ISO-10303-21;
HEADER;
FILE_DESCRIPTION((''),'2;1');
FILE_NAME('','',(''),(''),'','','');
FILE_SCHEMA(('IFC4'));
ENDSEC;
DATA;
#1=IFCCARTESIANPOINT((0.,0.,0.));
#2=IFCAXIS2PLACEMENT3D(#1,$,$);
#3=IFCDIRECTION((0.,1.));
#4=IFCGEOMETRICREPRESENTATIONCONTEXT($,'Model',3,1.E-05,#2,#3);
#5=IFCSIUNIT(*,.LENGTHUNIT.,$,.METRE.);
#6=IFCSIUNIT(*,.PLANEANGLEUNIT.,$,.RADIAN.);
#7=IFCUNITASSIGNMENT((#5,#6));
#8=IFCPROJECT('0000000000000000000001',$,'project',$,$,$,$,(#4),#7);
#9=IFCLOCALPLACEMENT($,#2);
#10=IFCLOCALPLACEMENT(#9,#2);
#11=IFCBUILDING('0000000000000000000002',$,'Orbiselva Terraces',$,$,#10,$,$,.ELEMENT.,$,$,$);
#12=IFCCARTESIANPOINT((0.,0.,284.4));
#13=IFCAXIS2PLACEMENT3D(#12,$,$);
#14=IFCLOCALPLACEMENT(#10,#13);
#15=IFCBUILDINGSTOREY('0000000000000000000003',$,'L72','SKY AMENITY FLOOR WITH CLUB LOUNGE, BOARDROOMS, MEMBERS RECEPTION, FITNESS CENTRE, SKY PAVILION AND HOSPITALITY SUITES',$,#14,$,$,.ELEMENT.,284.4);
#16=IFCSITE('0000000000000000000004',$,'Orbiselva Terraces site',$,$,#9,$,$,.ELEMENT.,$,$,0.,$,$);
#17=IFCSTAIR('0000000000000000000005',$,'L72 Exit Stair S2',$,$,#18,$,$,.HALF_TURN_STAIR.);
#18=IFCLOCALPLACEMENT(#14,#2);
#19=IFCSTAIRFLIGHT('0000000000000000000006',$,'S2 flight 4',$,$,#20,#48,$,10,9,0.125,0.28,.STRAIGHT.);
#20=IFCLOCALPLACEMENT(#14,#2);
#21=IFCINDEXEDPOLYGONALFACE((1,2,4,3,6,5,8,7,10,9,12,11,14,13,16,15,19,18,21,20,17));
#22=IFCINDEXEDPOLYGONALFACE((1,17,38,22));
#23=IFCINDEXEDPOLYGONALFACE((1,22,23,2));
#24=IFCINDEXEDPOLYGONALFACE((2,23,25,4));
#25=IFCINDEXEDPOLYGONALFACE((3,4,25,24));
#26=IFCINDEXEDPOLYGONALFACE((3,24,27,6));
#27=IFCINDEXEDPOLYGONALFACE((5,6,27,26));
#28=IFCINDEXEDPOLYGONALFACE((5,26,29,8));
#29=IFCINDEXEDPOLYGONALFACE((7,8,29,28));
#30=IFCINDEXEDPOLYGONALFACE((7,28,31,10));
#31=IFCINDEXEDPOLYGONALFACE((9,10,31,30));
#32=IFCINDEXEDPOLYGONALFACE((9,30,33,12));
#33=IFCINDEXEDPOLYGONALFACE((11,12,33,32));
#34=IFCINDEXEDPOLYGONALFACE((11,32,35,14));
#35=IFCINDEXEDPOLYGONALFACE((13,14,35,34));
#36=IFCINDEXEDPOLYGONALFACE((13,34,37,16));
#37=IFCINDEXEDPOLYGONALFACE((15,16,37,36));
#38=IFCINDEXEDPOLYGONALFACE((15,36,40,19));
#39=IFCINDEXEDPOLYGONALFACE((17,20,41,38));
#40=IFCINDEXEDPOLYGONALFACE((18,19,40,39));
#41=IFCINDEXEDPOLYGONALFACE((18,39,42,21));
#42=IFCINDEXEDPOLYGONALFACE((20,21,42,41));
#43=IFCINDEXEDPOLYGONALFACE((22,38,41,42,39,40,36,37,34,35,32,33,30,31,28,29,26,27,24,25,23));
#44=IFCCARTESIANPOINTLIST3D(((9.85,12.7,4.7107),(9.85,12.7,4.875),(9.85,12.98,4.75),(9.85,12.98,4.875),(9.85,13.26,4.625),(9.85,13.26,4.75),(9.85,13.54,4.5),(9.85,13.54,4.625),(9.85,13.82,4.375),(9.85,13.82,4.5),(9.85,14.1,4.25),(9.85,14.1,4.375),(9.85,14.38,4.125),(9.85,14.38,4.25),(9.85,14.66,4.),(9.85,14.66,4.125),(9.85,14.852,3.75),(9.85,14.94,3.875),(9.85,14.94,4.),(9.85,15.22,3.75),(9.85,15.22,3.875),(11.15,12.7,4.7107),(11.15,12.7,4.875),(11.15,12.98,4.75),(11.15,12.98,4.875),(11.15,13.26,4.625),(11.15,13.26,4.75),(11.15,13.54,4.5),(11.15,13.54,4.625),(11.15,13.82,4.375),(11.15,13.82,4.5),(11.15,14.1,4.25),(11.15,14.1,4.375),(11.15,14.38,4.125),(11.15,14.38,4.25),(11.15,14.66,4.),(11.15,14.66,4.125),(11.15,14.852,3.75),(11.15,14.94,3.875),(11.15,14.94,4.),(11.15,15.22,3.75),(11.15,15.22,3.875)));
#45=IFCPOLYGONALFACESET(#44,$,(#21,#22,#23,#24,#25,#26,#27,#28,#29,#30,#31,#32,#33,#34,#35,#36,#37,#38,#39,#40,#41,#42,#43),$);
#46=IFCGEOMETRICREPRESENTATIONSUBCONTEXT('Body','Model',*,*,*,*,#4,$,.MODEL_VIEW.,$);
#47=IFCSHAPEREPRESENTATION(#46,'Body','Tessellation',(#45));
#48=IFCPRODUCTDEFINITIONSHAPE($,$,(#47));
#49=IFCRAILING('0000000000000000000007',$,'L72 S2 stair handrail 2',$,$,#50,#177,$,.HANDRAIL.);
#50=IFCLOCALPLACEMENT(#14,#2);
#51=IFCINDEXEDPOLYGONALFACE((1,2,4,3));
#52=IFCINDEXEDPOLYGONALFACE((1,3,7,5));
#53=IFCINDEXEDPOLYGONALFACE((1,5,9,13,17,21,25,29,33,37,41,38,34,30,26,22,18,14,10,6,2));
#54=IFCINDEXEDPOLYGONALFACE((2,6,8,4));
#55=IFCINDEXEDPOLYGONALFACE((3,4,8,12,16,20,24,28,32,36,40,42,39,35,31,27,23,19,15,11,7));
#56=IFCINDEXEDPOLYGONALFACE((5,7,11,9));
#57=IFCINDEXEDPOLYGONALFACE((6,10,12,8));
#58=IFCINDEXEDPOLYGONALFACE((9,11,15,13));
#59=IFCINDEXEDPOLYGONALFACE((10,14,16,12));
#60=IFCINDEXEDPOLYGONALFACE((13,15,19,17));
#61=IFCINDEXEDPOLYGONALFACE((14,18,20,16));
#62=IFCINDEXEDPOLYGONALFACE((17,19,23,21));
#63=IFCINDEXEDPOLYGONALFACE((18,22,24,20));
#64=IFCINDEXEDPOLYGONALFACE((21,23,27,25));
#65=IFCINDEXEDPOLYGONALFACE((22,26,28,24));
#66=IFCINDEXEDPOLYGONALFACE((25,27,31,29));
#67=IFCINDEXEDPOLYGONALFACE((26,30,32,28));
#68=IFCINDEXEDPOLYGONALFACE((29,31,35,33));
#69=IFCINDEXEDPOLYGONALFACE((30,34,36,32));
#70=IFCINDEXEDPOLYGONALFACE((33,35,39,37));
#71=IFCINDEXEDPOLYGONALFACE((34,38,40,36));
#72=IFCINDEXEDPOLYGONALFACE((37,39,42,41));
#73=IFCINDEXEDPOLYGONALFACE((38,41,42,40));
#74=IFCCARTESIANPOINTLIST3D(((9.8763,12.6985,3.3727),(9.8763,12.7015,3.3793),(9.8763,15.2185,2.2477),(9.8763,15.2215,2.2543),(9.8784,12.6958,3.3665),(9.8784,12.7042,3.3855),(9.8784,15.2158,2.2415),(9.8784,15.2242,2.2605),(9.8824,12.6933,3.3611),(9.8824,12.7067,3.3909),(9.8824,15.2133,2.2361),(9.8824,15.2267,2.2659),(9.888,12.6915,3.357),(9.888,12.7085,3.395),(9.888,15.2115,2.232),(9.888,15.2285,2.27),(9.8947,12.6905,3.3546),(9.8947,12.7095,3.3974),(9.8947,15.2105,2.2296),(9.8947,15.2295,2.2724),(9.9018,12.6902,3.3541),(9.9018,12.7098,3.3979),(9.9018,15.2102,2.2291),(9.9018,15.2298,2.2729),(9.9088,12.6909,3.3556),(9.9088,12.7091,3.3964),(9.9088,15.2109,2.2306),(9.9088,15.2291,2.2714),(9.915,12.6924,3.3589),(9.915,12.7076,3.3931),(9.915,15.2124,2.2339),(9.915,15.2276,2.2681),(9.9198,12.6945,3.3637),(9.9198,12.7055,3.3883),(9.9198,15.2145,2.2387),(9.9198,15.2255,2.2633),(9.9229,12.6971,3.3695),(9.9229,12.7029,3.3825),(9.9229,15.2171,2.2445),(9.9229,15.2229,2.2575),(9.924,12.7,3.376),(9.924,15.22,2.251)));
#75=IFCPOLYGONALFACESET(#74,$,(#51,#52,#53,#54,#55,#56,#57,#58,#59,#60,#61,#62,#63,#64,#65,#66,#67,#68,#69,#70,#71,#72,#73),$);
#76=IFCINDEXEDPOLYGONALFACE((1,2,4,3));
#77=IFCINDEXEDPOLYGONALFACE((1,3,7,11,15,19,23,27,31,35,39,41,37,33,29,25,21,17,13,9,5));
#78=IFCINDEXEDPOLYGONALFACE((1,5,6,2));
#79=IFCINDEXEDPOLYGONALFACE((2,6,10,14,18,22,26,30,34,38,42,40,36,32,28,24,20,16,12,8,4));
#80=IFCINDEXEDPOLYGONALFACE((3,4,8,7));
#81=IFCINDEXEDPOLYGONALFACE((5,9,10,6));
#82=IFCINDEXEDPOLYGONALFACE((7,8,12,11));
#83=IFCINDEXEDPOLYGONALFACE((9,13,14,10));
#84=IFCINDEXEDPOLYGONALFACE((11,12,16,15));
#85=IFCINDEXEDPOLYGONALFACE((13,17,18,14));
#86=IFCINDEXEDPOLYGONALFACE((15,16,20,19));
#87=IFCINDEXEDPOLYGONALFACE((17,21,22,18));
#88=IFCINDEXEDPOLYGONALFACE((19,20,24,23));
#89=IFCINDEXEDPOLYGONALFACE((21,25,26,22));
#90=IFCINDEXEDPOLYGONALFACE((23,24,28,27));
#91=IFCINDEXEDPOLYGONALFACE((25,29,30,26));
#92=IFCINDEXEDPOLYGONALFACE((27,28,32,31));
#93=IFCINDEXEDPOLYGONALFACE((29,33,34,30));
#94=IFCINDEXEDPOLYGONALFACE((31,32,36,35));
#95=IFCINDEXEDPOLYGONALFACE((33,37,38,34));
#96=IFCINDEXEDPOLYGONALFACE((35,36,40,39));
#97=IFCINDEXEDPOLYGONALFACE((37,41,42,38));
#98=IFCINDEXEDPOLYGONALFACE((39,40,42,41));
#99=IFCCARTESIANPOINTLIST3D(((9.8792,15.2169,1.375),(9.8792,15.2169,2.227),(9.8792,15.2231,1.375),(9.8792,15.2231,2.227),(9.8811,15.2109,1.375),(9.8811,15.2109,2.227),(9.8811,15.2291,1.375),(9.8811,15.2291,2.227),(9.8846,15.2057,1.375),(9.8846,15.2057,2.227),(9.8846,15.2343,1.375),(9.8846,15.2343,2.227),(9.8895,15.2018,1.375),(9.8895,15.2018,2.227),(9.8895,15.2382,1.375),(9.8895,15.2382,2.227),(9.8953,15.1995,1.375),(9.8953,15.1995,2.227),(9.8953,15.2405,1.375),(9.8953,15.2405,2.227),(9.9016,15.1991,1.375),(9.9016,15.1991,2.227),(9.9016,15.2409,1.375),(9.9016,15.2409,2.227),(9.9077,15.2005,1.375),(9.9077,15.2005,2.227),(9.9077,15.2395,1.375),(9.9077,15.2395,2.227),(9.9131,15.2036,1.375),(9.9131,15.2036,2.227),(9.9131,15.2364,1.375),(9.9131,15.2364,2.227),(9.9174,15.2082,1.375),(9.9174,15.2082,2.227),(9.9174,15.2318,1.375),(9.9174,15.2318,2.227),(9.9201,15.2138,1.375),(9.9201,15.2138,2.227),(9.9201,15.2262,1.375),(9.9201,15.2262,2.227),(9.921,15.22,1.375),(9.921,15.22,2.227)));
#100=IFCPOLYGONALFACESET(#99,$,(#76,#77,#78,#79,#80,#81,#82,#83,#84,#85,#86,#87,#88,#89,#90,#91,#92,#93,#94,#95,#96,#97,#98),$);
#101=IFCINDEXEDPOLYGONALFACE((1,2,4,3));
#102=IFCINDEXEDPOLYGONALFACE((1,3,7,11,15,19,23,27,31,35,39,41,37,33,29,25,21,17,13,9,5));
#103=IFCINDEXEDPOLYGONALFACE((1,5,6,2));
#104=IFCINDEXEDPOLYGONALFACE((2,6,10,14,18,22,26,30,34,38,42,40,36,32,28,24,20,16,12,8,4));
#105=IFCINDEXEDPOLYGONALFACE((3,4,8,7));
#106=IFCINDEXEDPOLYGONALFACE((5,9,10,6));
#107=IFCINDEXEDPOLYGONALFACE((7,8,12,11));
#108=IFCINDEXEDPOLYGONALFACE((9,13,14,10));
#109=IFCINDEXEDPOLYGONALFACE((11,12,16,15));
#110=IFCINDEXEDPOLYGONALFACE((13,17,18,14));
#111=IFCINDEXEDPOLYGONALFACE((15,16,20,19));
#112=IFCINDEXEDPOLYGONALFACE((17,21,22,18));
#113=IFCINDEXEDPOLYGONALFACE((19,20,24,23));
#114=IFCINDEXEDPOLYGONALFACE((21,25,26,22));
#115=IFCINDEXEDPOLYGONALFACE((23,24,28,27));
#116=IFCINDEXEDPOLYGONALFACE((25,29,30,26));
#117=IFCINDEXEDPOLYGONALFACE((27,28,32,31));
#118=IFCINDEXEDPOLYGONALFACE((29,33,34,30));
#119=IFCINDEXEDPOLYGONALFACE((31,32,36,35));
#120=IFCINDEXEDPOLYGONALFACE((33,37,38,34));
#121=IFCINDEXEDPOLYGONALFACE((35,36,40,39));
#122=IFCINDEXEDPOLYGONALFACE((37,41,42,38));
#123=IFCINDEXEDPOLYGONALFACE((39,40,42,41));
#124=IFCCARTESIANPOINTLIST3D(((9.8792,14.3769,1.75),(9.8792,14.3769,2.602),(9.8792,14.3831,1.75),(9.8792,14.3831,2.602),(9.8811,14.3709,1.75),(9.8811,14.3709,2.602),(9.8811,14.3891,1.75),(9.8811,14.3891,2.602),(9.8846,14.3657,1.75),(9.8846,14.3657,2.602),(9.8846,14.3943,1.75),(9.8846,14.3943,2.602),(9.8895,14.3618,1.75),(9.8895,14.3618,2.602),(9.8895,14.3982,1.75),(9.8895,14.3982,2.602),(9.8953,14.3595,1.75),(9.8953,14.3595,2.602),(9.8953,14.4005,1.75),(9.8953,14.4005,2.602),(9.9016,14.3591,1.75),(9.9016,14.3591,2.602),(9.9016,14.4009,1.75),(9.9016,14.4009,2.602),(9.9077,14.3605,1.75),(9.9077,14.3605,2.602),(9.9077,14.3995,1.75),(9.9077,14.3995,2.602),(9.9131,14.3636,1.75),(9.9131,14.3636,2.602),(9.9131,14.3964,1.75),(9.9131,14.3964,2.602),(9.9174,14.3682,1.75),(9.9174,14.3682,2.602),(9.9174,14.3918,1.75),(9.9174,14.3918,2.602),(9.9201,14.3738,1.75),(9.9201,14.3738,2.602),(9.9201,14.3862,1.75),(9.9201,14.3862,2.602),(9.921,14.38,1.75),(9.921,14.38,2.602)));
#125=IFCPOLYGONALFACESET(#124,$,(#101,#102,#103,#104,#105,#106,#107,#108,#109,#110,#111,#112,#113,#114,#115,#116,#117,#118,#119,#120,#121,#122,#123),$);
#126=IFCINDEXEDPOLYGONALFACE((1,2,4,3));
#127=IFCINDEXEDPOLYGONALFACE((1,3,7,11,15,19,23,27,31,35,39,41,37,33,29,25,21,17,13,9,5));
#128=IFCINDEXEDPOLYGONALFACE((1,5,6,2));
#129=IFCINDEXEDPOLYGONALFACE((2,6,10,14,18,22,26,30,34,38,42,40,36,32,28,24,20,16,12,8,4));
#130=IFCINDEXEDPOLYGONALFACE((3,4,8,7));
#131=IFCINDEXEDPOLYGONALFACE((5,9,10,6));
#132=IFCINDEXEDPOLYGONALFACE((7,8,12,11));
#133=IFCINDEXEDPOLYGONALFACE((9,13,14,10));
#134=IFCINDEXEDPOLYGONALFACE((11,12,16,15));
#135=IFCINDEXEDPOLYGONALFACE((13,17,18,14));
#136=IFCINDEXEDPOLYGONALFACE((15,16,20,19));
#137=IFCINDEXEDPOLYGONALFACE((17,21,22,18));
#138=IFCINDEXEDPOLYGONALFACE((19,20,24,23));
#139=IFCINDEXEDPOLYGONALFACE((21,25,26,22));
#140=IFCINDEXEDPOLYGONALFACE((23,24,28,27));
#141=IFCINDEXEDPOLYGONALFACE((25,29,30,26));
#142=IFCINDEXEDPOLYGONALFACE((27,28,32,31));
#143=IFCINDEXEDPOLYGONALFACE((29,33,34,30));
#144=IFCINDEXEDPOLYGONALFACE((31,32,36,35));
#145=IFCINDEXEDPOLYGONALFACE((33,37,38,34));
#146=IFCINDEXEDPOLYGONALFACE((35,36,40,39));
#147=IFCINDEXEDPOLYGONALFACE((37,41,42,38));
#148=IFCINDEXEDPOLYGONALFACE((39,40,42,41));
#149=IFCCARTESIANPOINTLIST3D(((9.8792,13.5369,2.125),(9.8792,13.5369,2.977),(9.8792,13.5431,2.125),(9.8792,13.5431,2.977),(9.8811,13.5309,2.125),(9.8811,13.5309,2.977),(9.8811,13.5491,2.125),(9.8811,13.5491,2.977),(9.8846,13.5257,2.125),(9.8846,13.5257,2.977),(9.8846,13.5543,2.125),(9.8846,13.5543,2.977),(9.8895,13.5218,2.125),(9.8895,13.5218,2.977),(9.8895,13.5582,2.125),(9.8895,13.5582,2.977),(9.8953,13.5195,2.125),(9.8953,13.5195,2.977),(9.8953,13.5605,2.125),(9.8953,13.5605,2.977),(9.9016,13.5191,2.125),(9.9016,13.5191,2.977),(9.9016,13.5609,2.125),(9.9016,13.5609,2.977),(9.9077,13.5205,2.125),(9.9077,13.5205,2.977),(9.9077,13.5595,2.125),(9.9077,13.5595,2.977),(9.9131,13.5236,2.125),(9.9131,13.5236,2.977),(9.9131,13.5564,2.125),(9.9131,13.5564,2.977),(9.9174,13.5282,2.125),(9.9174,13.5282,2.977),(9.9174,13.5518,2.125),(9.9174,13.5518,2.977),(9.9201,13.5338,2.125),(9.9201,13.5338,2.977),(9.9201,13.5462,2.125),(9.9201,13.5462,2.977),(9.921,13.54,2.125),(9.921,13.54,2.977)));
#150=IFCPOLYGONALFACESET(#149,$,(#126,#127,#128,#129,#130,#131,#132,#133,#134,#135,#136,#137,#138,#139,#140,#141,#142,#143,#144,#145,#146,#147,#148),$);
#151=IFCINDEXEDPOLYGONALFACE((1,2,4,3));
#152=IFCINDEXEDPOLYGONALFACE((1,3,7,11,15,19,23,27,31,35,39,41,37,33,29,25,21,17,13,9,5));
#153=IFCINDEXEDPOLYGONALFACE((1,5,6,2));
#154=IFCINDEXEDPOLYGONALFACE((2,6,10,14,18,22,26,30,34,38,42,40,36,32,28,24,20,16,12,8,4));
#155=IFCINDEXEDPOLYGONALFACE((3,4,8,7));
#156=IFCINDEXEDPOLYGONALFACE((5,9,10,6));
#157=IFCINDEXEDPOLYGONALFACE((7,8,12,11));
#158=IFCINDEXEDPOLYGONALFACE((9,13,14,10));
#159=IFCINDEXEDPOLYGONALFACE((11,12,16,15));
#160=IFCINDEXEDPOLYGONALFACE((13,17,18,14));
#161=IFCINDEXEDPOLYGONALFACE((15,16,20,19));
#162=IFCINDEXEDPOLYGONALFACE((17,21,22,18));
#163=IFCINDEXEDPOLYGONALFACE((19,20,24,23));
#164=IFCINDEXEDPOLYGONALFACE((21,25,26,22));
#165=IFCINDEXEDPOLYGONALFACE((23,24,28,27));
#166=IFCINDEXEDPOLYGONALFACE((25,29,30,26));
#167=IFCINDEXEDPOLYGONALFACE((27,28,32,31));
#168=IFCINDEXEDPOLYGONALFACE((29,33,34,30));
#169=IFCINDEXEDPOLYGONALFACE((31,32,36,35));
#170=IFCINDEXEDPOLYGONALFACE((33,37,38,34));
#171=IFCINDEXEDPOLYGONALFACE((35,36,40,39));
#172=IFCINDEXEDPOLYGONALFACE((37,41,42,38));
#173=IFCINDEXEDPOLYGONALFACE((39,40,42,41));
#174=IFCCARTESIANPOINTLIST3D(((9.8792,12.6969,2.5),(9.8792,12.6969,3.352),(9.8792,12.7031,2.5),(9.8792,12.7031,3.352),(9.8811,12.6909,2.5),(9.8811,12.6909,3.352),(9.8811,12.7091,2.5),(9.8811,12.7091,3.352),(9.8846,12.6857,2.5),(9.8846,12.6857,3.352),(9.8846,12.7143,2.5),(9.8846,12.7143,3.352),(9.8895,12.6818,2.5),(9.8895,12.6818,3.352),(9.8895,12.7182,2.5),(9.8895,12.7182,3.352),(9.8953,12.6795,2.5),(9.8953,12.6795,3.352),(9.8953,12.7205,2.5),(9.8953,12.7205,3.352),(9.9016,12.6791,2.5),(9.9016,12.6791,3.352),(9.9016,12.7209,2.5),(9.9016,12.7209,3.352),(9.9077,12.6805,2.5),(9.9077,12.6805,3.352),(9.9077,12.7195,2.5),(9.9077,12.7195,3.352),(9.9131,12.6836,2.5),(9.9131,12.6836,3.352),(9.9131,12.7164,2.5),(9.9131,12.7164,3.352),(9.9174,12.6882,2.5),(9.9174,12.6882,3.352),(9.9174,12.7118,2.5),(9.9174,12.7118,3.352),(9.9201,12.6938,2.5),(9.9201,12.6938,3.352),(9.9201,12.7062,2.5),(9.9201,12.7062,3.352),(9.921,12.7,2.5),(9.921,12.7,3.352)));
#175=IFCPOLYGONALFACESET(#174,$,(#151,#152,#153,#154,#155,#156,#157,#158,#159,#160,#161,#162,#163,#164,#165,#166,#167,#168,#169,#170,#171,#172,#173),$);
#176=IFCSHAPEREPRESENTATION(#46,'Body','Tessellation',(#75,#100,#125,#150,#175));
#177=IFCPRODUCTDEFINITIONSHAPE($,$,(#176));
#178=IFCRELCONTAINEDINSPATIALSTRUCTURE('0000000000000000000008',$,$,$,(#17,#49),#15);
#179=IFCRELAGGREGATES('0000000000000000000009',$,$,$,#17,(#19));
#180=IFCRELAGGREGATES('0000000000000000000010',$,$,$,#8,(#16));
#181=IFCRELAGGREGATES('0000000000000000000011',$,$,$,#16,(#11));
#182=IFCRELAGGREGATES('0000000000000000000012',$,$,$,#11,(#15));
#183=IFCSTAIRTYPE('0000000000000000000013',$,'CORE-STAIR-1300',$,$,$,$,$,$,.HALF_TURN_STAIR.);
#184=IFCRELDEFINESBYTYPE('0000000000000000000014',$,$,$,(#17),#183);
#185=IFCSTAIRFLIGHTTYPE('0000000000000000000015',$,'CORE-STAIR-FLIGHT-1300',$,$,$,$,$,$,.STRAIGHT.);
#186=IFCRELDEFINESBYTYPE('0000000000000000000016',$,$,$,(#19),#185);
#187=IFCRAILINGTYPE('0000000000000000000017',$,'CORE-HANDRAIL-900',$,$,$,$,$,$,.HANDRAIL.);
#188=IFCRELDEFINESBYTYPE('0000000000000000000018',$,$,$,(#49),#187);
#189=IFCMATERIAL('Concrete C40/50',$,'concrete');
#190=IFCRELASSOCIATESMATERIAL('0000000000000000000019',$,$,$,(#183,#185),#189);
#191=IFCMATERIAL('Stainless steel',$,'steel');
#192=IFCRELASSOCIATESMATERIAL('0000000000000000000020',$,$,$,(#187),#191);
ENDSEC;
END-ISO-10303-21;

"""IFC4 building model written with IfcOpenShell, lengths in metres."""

from ifc_helpers import new_model, si_unit, direction, frame, origin, origin_2d, place, context, subcontext, project, spatial, polyline, circle, outline, extrude, material, type_object, element, aggregate, save


model = new_model("IFC4")

# Units and contexts
model_context = context("Model", 3, precision=1e-05, world=origin(), true_north=direction((0.0, 1.0)))
body_context = subcontext(model_context, "Body", "Model", "MODEL_VIEW")
ifc_project = project(units=[si_unit("LENGTHUNIT", "METRE"), si_unit("PLANEANGLEUNIT", "RADIAN")], contexts=[model_context])

# Site, building, storey
site_placement = place(None, origin())
site = spatial("IfcSite", under=ifc_project, at=site_placement, Name="Orbiselva Terraces site", CompositionType="ELEMENT", RefElevation=0.0)
building_placement = place(site_placement, origin())
building = spatial("IfcBuilding", under=site, at=building_placement, Name="Orbiselva Terraces", CompositionType="ELEMENT")
storey_placement = place(building_placement, frame((0.0, 0.0, 284.4)))
storey = spatial("IfcBuildingStorey", under=building, at=storey_placement, Name="L72", Description="SKY AMENITY FLOOR WITH CLUB LOUNGE, BOARDROOMS, MEMBERS RECEPTION, FITNESS CENTRE, SKY PAVILION AND HOSPITALITY SUITES", CompositionType="ELEMENT", Elevation=284.4)

# Shared definitions
ifc_material_1 = material(Name="Concrete C40/50", Category="concrete")

# Stair, stair flight
stair_type = type_object("IfcStairType", Name="CORE-STAIR-1300", PredefinedType="HALF_TURN_STAIR", material=ifc_material_1)
stair_placement = place(storey_placement, origin())
stair = element("IfcStair", 1, at=stair_placement, inside=storey, type_object=stair_type, Name="L72 Exit Stair S2", PredefinedType="HALF_TURN_STAIR")
stair_flight_type = type_object("IfcStairFlightType", Name="CORE-STAIR-FLIGHT-1300", PredefinedType="STRAIGHT", material=ifc_material_1)
stair_flight_1_placement = place(storey_placement, frame((10.5, 15.22, 3.75), z_axis=(0.0, 0.0, 1.0), x_axis=(0.0, -1.0, 0.0)))
stair_flight_1 = element("IfcStairFlight", 2, at=stair_flight_1_placement, type_object=stair_flight_type, Name="S2 flight 4", NumberOfRisers=10, NumberOfTreads=9, PredefinedType="STRAIGHT", RiserHeight=0.125, TreadLength=0.28, context=body_context, shape_type="SweptSolid", body=[
    extrude(outline(polyline([(0.0, 0.0), (0.0, 0.125), (0.28, 0.125), (0.28, 0.25), (0.56, 0.25), (0.56, 0.375), (0.84, 0.375), (0.84, 0.5), (1.12, 0.5), (1.12, 0.625), (1.4, 0.625), (1.4, 0.75), (1.68, 0.75), (1.68, 0.875), (1.96, 0.875), (1.96, 1.0), (2.24, 1.0), (2.24, 1.125), (2.52, 1.125), (2.52, 1.25), (2.52, 0.9607), (0.368, 0.0), (0.0, 0.0)])), frame((0.0, 0.65, 0.0), z_axis=(0.0, -1.0, 0.0), x_axis=(1.0, 0.0, 0.0)), (0.0, 0.0, 1.0), 1.3),
])
aggregate(stair, [stair_flight_1])

# Railing
ifc_material_2 = material(Name="Stainless steel", Category="steel")
railing_type_1 = type_object("IfcRailingType", Name="CORE-HANDRAIL-900", PredefinedType="HANDRAIL", material=ifc_material_2)
for number, where, name in (
    (3, (9.9, 15.22, 1.375), "L72 S2 stair handrail 2"),
):
    element("IfcRailing", number, at=place(storey_placement, frame(where)), inside=storey, type_object=railing_type_1, Name=name, PredefinedType="HANDRAIL", context=body_context, shape_type="SweptSolid", body=[
        extrude(circle(Radius=0.024, at=origin_2d()), frame((0.0, 0.0, 0.876), z_axis=(0.0, -0.913138, 0.407651), x_axis=(1.0, 0.0, 0.0)), (0.0, 0.0, 1.0), 2.7597),
        extrude(circle(Radius=0.021, at=origin_2d()), origin(), (0.0, 0.0, 1.0), 0.852),
        extrude(circle(Radius=0.021, at=origin_2d()), frame((0.0, -0.84, 0.375)), (0.0, 0.0, 1.0), 0.852),
        extrude(circle(Radius=0.021, at=origin_2d()), frame((0.0, -1.68, 0.75)), (0.0, 0.0, 1.0), 0.852),
        extrude(circle(Radius=0.021, at=origin_2d()), frame((0.0, -2.52, 1.125)), (0.0, 0.0, 1.0), 0.852),
    ])

save(model, "model.ifc")
